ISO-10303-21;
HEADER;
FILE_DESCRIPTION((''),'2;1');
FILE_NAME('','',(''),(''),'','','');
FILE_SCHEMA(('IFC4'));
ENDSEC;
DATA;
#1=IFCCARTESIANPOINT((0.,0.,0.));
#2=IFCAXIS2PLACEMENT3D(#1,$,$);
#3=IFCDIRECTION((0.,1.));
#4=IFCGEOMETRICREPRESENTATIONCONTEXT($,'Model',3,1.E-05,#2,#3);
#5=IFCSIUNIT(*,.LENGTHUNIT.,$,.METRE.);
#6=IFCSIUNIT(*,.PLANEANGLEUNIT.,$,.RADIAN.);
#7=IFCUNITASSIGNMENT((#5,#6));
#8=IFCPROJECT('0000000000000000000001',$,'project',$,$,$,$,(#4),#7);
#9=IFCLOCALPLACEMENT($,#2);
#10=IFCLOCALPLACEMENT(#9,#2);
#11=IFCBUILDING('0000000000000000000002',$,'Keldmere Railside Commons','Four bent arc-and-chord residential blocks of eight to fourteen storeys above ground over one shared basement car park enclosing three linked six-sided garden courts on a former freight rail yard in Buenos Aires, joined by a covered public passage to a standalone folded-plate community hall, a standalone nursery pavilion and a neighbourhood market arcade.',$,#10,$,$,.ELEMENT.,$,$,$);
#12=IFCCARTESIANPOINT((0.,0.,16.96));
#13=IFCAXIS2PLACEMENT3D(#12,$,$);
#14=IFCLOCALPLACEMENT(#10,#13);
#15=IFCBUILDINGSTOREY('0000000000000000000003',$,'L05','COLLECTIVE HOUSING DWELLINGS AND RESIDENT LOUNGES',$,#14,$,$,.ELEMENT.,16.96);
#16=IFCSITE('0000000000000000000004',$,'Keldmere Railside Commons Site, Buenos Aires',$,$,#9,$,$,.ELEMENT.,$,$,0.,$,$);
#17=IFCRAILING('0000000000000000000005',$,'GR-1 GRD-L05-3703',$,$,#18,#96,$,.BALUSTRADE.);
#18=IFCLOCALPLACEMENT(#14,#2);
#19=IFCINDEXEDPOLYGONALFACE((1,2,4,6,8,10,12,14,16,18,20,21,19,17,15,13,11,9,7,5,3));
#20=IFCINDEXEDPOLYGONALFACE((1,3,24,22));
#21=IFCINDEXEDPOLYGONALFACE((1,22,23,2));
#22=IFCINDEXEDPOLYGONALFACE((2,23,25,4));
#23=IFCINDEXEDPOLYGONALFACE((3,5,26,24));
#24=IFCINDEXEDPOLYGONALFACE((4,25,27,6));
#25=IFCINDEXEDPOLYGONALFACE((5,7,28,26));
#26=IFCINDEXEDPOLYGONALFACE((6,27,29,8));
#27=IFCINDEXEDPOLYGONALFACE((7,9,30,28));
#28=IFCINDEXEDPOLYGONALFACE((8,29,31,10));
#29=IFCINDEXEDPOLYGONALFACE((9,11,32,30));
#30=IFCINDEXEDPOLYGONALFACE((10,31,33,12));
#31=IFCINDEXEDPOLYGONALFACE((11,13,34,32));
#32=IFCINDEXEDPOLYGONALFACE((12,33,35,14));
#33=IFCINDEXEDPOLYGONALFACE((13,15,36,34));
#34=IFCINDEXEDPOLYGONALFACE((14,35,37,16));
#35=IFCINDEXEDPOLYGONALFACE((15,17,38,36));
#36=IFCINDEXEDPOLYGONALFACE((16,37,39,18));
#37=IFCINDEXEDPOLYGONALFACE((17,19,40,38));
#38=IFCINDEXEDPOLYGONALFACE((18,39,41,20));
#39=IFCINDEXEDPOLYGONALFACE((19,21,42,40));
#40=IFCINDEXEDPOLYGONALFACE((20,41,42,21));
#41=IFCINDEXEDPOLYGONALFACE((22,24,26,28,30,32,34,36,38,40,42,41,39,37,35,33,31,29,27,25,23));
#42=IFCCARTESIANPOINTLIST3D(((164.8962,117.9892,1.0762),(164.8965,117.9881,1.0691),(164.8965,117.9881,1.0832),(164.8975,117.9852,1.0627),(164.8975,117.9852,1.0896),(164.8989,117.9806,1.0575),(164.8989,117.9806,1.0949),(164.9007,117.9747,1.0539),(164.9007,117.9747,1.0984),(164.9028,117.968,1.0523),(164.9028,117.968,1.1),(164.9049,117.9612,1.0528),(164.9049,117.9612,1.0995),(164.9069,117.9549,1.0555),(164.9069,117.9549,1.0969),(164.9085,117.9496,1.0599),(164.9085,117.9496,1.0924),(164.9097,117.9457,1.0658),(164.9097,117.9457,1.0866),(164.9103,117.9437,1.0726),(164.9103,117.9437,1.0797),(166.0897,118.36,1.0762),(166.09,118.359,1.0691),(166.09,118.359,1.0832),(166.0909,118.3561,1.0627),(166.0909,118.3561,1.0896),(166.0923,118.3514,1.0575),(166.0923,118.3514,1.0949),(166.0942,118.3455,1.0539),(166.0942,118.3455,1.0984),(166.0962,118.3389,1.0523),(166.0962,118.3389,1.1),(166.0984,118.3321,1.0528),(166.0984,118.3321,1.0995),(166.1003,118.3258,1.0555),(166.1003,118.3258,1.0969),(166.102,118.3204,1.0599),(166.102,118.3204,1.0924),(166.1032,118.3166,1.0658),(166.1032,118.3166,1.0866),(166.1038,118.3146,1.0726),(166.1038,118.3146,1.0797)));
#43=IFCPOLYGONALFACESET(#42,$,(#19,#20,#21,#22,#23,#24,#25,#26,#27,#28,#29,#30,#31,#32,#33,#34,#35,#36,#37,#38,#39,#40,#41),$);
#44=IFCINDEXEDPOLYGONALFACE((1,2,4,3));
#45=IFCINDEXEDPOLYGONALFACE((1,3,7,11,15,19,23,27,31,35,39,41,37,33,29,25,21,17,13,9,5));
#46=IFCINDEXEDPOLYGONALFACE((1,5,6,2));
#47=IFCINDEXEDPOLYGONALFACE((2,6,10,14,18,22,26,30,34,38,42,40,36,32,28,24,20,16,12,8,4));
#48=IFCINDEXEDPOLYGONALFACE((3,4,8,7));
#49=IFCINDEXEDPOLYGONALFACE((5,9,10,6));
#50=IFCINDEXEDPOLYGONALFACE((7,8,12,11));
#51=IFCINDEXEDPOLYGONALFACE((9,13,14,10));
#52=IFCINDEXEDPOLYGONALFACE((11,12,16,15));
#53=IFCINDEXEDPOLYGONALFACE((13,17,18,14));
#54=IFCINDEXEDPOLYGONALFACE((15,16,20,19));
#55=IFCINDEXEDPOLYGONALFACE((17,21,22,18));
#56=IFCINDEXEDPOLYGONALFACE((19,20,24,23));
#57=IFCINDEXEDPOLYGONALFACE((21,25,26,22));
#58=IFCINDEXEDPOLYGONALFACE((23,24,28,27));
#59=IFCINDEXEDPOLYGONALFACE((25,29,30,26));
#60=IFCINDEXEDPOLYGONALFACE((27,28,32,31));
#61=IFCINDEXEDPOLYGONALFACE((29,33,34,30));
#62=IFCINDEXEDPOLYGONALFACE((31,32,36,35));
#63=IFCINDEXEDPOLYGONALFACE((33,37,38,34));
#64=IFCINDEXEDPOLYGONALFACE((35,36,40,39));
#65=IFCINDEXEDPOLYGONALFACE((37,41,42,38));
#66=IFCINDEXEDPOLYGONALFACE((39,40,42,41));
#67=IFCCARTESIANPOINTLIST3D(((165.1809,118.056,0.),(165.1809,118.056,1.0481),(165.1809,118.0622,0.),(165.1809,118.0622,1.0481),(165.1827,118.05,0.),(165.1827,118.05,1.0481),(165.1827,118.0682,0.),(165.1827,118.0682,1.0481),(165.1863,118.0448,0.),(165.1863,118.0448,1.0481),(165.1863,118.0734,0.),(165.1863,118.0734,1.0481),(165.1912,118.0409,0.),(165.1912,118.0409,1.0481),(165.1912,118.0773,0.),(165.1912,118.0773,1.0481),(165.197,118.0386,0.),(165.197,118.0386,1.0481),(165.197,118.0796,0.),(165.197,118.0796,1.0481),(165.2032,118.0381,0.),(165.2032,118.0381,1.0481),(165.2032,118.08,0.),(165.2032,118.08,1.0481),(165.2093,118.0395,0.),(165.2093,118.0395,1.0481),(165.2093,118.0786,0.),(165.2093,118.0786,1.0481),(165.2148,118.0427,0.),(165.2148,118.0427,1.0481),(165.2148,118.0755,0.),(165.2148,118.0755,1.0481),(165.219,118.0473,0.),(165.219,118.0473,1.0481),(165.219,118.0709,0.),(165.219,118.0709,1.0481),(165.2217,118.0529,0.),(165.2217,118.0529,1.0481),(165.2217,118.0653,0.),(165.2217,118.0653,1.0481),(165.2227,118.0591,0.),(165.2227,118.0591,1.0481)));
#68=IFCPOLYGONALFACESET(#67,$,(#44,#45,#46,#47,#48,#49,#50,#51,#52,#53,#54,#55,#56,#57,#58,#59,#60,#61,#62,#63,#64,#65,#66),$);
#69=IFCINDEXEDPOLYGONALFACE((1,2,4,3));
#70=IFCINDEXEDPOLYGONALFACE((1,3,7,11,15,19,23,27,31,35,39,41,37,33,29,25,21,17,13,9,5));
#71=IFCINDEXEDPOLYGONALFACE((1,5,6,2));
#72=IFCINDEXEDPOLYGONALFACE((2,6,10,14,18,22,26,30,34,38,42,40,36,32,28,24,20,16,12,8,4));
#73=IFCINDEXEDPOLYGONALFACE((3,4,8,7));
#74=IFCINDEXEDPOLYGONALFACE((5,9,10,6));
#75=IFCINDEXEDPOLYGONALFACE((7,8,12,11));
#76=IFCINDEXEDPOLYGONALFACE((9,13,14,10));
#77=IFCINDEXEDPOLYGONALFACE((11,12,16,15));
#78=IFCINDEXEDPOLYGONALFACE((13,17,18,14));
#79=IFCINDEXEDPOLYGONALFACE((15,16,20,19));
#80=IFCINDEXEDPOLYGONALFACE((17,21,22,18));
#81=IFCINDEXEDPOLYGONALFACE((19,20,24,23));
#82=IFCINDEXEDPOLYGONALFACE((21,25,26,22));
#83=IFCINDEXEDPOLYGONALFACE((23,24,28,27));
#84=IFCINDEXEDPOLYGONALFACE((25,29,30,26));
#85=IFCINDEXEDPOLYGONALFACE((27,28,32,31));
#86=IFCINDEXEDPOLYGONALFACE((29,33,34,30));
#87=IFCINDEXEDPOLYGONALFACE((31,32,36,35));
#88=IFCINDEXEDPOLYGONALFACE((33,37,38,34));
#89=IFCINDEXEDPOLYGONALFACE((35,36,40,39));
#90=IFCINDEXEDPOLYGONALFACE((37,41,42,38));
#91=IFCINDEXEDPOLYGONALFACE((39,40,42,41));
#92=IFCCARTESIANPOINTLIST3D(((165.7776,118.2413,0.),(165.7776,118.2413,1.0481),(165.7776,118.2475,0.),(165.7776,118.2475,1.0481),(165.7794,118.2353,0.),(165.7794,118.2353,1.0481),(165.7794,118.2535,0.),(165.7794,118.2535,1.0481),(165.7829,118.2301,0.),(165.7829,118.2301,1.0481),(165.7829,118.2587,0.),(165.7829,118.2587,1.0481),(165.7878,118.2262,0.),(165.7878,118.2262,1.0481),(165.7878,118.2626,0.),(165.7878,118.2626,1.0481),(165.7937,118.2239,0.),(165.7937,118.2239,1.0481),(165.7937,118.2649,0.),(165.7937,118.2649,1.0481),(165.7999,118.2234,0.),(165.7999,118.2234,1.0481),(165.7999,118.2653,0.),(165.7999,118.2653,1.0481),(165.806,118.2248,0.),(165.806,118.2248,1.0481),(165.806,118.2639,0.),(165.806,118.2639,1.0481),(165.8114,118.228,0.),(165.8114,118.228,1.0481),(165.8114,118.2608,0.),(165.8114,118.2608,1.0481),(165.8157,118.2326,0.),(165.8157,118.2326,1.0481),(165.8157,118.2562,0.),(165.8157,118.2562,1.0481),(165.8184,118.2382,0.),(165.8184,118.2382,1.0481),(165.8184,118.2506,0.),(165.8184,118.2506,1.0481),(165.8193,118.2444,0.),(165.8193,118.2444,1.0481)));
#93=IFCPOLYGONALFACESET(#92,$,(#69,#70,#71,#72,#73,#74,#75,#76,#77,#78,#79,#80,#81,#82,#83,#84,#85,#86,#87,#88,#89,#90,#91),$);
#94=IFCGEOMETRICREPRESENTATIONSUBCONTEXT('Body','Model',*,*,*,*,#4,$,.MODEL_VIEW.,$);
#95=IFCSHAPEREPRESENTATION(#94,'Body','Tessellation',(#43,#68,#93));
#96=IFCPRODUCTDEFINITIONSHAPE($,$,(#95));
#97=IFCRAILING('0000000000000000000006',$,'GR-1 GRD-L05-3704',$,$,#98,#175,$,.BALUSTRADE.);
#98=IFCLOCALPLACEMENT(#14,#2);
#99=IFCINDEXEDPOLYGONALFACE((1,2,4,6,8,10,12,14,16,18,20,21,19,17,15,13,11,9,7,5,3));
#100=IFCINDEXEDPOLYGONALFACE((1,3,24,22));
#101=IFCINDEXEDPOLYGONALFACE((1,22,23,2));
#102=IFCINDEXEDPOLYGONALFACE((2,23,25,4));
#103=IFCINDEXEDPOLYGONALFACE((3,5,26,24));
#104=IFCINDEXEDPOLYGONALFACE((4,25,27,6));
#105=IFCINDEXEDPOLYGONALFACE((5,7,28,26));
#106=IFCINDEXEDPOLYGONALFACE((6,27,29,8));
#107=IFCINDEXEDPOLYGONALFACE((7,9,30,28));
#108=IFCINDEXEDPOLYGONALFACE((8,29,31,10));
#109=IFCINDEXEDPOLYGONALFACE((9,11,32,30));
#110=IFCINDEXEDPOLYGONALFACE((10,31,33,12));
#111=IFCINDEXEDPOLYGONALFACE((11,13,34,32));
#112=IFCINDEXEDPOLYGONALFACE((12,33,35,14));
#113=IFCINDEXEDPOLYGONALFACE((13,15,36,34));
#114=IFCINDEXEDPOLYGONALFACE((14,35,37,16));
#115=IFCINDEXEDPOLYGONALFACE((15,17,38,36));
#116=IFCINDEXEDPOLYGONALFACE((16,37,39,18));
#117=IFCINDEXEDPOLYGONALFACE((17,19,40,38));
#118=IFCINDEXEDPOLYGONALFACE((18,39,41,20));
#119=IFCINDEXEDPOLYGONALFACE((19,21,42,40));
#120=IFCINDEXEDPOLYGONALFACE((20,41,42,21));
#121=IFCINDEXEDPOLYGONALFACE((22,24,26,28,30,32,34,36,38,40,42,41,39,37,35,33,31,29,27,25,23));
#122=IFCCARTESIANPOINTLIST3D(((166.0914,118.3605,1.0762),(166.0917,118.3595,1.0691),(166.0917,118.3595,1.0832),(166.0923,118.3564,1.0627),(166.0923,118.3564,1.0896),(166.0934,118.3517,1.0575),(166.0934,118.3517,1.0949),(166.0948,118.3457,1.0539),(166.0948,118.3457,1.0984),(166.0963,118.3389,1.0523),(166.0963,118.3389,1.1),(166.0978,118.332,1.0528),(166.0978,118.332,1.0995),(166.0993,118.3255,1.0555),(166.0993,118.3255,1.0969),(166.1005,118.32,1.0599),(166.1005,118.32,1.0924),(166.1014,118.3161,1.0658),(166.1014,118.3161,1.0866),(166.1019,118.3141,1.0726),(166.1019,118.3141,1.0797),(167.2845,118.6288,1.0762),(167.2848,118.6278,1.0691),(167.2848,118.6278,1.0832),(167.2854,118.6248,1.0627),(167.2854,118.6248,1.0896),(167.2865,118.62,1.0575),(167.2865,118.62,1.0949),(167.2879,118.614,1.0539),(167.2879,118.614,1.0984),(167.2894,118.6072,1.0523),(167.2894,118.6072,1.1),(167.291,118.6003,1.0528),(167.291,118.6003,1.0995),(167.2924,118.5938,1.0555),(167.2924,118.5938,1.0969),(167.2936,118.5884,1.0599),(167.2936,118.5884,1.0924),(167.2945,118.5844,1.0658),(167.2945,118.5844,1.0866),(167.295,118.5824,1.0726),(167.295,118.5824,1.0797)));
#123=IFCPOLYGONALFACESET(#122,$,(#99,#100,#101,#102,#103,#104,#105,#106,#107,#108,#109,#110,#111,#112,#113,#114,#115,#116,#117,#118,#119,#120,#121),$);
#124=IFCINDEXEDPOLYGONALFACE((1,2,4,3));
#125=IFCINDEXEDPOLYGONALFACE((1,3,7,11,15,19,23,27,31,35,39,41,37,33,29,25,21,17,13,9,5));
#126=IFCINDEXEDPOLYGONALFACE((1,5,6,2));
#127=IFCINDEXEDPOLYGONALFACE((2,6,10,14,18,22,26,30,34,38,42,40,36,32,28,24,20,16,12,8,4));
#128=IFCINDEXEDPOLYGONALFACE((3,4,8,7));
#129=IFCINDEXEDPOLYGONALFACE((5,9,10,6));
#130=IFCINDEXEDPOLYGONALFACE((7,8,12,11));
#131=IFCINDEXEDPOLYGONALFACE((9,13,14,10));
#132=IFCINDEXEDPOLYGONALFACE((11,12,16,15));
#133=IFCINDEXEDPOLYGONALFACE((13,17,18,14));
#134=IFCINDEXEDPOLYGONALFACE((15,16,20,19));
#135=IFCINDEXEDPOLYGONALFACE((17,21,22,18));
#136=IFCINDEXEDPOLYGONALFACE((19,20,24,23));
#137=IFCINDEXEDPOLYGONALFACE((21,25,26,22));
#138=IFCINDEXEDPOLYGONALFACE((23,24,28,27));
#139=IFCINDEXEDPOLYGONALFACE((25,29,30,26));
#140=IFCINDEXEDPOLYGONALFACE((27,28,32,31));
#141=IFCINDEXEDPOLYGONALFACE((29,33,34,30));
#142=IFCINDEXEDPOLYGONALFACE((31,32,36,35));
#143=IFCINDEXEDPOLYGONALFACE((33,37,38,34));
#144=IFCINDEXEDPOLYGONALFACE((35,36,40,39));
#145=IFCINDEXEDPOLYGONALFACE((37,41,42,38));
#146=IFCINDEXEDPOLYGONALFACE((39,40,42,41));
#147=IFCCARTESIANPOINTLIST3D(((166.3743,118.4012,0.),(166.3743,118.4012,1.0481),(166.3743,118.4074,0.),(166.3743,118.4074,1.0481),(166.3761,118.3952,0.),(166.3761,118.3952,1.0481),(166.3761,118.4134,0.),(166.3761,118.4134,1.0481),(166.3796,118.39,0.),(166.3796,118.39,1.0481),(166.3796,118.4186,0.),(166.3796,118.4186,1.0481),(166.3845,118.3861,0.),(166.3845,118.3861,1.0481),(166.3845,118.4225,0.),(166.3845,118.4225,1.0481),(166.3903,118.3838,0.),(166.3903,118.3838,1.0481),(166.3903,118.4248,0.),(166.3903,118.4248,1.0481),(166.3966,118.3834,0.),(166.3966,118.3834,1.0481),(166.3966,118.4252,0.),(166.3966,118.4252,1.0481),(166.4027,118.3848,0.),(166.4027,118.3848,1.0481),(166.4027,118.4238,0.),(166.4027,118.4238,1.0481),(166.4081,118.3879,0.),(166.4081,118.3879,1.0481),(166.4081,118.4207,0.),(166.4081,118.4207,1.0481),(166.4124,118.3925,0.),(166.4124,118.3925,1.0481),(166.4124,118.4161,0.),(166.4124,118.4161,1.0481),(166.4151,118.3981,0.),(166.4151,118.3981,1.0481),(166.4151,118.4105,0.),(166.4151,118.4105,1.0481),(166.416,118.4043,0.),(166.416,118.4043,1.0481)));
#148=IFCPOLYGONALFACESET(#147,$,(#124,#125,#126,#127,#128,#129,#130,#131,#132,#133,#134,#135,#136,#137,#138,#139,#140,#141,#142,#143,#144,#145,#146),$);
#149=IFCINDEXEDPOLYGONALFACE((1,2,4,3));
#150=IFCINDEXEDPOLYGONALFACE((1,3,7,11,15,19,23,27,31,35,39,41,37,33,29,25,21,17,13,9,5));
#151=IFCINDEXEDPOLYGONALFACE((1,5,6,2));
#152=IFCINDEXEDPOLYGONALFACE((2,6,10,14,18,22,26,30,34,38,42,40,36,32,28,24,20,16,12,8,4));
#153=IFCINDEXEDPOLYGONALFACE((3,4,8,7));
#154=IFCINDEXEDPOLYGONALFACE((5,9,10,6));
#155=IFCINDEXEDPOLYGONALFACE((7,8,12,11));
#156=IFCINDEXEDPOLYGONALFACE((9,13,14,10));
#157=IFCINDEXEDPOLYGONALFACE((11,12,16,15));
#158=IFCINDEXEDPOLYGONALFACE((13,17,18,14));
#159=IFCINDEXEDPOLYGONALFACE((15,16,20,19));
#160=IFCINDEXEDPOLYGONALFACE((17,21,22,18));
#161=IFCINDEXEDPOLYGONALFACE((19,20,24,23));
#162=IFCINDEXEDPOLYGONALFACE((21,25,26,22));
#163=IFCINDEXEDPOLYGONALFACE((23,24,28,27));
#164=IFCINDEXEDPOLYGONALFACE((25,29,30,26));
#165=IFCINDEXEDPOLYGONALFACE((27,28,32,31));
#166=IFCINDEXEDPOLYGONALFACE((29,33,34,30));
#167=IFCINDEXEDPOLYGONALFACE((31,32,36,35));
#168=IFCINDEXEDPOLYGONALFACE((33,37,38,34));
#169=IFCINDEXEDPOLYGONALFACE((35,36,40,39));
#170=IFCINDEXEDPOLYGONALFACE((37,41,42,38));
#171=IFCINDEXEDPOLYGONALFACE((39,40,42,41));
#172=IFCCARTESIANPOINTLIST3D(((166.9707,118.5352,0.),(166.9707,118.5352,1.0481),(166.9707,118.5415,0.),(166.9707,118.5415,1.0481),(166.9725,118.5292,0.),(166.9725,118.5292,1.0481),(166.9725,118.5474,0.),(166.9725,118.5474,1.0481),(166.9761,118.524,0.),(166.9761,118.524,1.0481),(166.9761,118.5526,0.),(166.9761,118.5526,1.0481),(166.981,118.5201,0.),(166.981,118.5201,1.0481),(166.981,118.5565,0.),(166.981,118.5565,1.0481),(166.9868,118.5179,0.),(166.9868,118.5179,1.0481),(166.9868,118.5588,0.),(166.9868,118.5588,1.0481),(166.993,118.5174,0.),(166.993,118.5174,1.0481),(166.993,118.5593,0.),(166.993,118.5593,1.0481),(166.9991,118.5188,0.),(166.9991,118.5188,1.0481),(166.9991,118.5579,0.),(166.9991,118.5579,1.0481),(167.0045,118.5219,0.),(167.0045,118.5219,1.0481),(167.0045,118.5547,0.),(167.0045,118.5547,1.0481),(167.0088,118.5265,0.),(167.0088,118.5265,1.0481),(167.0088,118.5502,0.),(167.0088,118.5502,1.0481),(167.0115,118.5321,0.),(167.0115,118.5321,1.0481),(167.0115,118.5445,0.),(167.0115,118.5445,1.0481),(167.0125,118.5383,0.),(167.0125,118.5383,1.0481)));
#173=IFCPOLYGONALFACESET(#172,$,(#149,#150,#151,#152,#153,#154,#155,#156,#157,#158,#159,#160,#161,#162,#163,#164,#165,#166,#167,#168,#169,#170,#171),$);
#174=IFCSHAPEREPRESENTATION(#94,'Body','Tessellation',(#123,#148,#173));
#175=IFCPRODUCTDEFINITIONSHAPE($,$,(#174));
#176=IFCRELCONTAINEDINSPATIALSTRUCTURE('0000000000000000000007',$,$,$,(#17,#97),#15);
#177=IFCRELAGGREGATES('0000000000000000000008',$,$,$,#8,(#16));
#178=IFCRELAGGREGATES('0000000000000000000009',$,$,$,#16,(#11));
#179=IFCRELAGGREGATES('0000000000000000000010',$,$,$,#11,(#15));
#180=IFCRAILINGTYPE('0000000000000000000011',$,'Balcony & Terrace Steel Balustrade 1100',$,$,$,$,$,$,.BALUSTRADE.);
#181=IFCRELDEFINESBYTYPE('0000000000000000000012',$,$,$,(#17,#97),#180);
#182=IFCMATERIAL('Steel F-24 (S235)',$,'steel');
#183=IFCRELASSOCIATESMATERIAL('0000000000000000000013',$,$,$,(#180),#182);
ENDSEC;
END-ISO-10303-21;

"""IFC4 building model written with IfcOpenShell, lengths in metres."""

from ifc_helpers import new_model, si_unit, direction, frame, origin, origin_2d, place, context, subcontext, project, spatial, circle, extrude, material, type_object, element, save


model = new_model("IFC4")

# Units and contexts
model_context = context("Model", 3, precision=1e-05, world=origin(), true_north=direction((0.0, 1.0)))
body_context = subcontext(model_context, "Body", "Model", "MODEL_VIEW")
ifc_project = project(units=[si_unit("LENGTHUNIT", "METRE"), si_unit("PLANEANGLEUNIT", "RADIAN")], contexts=[model_context])

# Site, building, storey
site_placement = place(None, origin())
site = spatial("IfcSite", under=ifc_project, at=site_placement, Name="Keldmere Railside Commons Site, Buenos Aires", CompositionType="ELEMENT", RefElevation=0.0)
building_placement = place(site_placement, origin())
building = spatial("IfcBuilding", under=site, at=building_placement, Name="Keldmere Railside Commons", Description="Four bent arc-and-chord residential blocks of eight to fourteen storeys above ground over one shared basement car park enclosing three linked six-sided garden courts on a former freight rail yard in Buenos Aires, joined by a covered public passage to a standalone folded-plate community hall, a standalone nursery pavilion and a neighbourhood market arcade.", CompositionType="ELEMENT")
storey_placement = place(building_placement, frame((0.0, 0.0, 16.96)))
storey = spatial("IfcBuildingStorey", under=building, at=storey_placement, Name="L05", Description="COLLECTIVE HOUSING DWELLINGS AND RESIDENT LOUNGES", CompositionType="ELEMENT", Elevation=16.96)

# Railings
ifc_material_1 = material(Name="Steel F-24 (S235)", Category="steel")
railing_type = type_object("IfcRailingType", Name="Balcony & Terrace Steel Balustrade 1100", PredefinedType="BALUSTRADE", material=ifc_material_1)
railing_1_placement = place(storey_placement, frame((164.9033, 117.9663, 0.0)))
element("IfcRailing", 1, at=railing_1_placement, inside=storey, type_object=railing_type, Name="GR-1 GRD-L05-3703", PredefinedType="BALUSTRADE", context=body_context, shape_type="SweptSolid", body=[
    extrude(circle(Radius=0.0239, at=origin_2d()), frame((0.0, 0.0, 1.0762), z_axis=(0.954952, 0.296762, 0.0), x_axis=(-0.296762, 0.954952, 0.0)), (0.0, 0.0, 1.0), 1.2498),
    extrude(circle(Radius=0.021, at=origin_2d()), frame((0.2983, 0.0928, 0.0)), (0.0, 0.0, 1.0), 1.0481),
    extrude(circle(Radius=0.021, at=origin_2d()), frame((0.895, 0.2781, 0.0)), (0.0, 0.0, 1.0), 1.0481),
])
railing_2_placement = place(storey_placement, frame((166.0967, 118.3372, 0.0)))
element("IfcRailing", 2, at=railing_2_placement, inside=storey, type_object=railing_type, Name="GR-1 GRD-L05-3704", PredefinedType="BALUSTRADE", context=body_context, shape_type="SweptSolid", body=[
    extrude(circle(Radius=0.0239, at=origin_2d()), frame((0.0, 0.0, 1.0762), z_axis=(0.975634, 0.219403, 0.0), x_axis=(-0.219403, 0.975634, 0.0)), (0.0, 0.0, 1.0), 1.2229),
    extrude(circle(Radius=0.021, at=origin_2d()), frame((0.2983, 0.0671, 0.0)), (0.0, 0.0, 1.0), 1.0481),
    extrude(circle(Radius=0.021, at=origin_2d()), frame((0.8948, 0.2012, 0.0)), (0.0, 0.0, 1.0), 1.0481),
])

save(model, "model.ifc")
